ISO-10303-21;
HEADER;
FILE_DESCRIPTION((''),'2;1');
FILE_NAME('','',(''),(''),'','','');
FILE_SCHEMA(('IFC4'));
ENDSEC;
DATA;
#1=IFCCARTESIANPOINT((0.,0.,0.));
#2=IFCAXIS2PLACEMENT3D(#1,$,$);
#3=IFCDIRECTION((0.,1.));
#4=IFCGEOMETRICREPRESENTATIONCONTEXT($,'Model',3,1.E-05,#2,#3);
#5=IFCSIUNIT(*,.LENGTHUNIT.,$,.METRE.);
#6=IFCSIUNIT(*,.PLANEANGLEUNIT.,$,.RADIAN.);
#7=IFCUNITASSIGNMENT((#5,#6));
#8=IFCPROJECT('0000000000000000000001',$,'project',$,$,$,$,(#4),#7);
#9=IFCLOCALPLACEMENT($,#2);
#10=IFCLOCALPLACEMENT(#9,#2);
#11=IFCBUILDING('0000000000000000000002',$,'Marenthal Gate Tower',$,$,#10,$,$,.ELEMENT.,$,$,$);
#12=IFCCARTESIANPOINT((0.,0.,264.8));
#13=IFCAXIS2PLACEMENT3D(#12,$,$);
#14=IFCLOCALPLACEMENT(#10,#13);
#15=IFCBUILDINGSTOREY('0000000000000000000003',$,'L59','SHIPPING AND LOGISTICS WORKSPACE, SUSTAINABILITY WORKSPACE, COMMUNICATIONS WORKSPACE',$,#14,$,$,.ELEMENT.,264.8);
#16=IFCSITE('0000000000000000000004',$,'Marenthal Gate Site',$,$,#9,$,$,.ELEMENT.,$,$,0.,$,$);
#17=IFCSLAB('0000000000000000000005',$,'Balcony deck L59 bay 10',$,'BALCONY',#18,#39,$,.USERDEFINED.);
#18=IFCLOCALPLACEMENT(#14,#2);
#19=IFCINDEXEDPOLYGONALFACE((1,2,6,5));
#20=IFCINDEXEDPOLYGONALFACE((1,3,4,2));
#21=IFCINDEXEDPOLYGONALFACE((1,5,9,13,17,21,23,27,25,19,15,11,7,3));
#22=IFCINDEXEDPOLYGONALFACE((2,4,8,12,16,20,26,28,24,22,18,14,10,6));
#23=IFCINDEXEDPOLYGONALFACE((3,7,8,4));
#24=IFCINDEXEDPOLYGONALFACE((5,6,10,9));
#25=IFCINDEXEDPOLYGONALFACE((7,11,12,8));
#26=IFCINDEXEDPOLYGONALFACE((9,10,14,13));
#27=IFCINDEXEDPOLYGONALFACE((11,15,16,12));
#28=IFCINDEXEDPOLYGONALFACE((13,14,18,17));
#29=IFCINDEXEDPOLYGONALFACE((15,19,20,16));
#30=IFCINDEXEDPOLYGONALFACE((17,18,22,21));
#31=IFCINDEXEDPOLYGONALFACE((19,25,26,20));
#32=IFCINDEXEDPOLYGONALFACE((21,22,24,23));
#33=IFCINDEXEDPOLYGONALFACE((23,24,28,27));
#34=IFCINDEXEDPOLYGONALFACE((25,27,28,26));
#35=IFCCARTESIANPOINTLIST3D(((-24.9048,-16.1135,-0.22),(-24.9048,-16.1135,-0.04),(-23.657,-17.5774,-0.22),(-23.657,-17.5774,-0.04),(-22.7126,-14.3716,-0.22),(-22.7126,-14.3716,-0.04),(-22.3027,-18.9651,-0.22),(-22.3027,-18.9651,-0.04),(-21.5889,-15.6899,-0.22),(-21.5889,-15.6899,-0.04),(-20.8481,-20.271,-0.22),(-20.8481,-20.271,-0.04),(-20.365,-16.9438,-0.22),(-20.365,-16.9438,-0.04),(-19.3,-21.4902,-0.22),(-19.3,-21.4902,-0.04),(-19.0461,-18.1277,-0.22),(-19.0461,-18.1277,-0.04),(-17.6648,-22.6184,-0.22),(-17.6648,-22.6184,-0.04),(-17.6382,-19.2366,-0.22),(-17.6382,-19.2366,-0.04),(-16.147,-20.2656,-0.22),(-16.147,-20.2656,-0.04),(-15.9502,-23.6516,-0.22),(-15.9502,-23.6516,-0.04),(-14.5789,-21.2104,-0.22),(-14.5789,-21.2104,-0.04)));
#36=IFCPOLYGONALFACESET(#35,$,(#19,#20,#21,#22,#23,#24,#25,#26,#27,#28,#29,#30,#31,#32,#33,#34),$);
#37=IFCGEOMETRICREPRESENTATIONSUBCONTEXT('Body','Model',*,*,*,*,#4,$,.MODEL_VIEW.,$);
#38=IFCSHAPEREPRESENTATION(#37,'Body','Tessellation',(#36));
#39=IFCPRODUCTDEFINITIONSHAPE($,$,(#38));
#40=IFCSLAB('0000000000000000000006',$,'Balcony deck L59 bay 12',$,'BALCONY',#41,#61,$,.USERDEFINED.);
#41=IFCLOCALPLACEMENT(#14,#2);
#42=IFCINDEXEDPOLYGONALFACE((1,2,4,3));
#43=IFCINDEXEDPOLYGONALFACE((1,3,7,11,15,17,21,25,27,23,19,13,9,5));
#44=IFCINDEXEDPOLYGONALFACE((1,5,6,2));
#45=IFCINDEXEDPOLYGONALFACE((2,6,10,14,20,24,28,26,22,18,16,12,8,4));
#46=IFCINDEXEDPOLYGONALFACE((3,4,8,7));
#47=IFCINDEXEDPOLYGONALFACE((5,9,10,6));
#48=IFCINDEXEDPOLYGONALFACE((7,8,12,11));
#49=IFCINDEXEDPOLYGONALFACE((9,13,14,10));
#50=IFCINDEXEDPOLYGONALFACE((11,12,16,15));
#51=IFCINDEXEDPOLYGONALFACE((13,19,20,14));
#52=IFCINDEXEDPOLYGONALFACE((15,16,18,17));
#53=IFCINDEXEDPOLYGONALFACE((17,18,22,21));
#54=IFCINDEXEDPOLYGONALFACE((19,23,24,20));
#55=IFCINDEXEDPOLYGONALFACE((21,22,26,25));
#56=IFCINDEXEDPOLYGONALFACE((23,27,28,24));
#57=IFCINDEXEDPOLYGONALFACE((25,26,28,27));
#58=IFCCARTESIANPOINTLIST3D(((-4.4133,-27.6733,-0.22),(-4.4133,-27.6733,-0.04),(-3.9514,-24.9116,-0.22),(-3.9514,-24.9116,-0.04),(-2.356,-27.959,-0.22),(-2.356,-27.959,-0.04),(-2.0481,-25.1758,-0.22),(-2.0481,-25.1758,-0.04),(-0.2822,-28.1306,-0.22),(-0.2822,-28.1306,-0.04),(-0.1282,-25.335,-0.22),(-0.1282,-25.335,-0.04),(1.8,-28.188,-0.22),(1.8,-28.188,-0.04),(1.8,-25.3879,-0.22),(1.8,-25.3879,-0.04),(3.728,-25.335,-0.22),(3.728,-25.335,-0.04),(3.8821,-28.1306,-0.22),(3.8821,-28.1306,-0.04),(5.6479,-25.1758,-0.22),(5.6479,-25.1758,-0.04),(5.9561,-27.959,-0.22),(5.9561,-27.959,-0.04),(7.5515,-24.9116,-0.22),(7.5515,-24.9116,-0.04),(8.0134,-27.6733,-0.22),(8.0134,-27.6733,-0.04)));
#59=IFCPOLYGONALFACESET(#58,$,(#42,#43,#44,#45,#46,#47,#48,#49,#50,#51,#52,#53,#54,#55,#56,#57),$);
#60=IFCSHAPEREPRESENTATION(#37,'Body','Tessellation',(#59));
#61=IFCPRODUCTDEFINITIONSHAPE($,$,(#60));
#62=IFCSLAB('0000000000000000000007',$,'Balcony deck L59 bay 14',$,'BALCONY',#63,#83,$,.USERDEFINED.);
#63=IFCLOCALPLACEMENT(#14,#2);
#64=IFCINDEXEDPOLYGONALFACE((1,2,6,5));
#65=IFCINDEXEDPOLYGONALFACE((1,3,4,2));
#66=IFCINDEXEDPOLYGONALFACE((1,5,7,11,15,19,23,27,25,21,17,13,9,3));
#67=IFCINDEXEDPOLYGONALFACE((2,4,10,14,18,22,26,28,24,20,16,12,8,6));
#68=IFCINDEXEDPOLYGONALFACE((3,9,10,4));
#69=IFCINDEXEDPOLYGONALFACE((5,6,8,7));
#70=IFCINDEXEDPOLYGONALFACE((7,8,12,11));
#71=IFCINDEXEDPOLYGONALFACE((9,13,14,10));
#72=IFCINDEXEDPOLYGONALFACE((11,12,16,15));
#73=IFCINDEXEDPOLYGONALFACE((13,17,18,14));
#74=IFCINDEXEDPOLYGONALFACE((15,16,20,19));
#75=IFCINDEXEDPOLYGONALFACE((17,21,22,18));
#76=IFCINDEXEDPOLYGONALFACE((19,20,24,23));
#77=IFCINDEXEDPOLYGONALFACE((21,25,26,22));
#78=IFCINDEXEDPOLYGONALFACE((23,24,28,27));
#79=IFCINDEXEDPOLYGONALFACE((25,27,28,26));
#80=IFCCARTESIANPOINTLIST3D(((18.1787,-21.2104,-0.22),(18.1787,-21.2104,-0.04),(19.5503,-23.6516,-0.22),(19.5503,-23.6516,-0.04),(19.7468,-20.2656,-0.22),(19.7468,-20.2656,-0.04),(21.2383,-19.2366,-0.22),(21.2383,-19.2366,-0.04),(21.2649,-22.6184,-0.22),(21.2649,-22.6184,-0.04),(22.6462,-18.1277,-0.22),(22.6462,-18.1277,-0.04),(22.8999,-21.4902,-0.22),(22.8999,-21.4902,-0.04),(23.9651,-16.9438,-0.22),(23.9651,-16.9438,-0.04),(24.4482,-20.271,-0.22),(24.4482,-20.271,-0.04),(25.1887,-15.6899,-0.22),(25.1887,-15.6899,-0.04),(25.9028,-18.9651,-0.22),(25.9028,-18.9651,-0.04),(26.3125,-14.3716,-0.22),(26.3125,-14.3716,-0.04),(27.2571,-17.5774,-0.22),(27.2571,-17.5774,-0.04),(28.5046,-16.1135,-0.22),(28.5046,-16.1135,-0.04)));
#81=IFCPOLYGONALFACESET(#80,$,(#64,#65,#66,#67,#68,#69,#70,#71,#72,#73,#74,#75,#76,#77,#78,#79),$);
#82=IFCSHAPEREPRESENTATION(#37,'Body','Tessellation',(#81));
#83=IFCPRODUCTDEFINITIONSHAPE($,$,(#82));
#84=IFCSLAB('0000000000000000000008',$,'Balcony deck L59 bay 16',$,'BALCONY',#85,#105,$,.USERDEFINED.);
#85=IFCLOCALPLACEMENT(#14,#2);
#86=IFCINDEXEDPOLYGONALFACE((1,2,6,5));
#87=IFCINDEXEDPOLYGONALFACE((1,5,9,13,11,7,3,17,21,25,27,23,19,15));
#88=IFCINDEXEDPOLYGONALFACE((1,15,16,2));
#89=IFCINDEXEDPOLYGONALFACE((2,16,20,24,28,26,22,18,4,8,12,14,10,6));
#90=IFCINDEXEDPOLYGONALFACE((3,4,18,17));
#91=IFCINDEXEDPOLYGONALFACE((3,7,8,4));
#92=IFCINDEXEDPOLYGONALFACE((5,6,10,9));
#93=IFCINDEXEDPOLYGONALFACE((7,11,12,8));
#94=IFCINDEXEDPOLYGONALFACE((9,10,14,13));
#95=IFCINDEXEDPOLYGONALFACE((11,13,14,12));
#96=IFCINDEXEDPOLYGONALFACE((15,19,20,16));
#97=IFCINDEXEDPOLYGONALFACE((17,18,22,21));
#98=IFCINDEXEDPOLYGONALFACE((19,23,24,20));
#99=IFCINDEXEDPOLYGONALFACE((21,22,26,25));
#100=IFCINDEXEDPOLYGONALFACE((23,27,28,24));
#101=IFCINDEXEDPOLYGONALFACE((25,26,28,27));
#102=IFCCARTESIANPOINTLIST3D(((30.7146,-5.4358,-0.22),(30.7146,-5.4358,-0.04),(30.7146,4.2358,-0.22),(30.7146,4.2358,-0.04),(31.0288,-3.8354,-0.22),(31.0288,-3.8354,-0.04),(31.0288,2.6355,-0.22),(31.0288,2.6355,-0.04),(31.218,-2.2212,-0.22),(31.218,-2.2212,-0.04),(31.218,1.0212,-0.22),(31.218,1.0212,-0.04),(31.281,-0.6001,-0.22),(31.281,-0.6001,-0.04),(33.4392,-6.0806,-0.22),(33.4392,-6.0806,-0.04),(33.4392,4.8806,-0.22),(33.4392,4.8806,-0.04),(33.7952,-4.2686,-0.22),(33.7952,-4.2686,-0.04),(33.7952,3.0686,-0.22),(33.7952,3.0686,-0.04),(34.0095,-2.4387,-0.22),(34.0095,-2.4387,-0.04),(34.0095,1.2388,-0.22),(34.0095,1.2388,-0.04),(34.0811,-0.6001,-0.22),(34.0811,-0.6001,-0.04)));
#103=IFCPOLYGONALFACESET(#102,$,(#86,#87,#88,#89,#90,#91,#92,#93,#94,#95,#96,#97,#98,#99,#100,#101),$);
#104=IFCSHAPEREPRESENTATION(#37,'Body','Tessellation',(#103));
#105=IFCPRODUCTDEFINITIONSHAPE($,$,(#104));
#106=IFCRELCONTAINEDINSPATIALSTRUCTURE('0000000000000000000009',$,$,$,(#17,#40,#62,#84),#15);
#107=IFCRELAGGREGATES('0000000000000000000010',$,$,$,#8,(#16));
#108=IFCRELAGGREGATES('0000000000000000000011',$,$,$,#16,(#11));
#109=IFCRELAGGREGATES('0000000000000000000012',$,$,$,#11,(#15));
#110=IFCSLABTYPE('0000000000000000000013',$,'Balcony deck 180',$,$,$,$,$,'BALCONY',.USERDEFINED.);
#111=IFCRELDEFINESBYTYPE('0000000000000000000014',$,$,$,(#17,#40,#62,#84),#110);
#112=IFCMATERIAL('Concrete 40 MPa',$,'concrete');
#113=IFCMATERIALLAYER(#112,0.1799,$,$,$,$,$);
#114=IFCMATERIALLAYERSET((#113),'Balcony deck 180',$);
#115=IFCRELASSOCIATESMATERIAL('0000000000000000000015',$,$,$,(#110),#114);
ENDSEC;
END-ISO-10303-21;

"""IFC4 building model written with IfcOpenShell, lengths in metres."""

from ifc_helpers import new_model, si_unit, direction, frame, origin, place, context, subcontext, project, spatial, polyline, outline, extrude, material, layer, layer_set, type_object, element, save


model = new_model("IFC4")

# Units and contexts
model_context = context("Model", 3, precision=1e-05, world=origin(), true_north=direction((0.0, 1.0)))
body_context = subcontext(model_context, "Body", "Model", "MODEL_VIEW")
ifc_project = project(units=[si_unit("LENGTHUNIT", "METRE"), si_unit("PLANEANGLEUNIT", "RADIAN")], contexts=[model_context])

# Site, building, storey
site_placement = place(None, origin())
site = spatial("IfcSite", under=ifc_project, at=site_placement, Name="Marenthal Gate Site", CompositionType="ELEMENT", RefElevation=0.0)
building_placement = place(site_placement, origin())
building = spatial("IfcBuilding", under=site, at=building_placement, Name="Marenthal Gate Tower", CompositionType="ELEMENT")
storey_placement = place(building_placement, frame((0.0, 0.0, 264.8)))
storey = spatial("IfcBuildingStorey", under=building, at=storey_placement, Name="L59", Description="SHIPPING AND LOGISTICS WORKSPACE, SUSTAINABILITY WORKSPACE, COMMUNICATIONS WORKSPACE", CompositionType="ELEMENT", Elevation=264.8)

# Slabs
ifc_material_1 = material(Name="Concrete 40 MPa", Category="concrete")
ifc_layer_1 = layer(ifc_material_1, 0.1799)
ifc_layer_set_1 = layer_set([ifc_layer_1], Name="Balcony deck 180")
slab_type_1 = type_object("IfcSlabType", Name="Balcony deck 180", ElementType="BALCONY", PredefinedType="USERDEFINED", material=ifc_layer_set_1)
slab_1_placement = place(storey_placement, frame((0.0, 0.0, -0.22)))
element("IfcSlab", 1, at=slab_1_placement, inside=storey, type_object=slab_type_1, Name="Balcony deck L59 bay 10", ObjectType="BALCONY", PredefinedType="USERDEFINED", context=body_context, shape_type="SweptSolid", body=[
    extrude(outline(polyline([(-22.7126, -14.3716), (-21.5889, -15.6899), (-20.365, -16.9438), (-19.0461, -18.1277), (-17.6382, -19.2366), (-16.147, -20.2656), (-14.5789, -21.2104), (-15.9502, -23.6516), (-17.6648, -22.6184), (-19.3, -21.4902), (-20.8481, -20.271), (-22.3027, -18.9651), (-23.657, -17.5774), (-24.9048, -16.1135), (-22.7126, -14.3716)])), origin(), (0.0, 0.0, 1.0), 0.1799),
])
slab_2_placement = place(storey_placement, frame((0.0, 0.0, -0.22)))
element("IfcSlab", 2, at=slab_2_placement, inside=storey, type_object=slab_type_1, Name="Balcony deck L59 bay 12", ObjectType="BALCONY", PredefinedType="USERDEFINED", context=body_context, shape_type="SweptSolid", body=[
    extrude(outline(polyline([(-3.9514, -24.9116), (-2.0481, -25.1758), (-0.1282, -25.335), (1.8, -25.3879), (3.728, -25.335), (5.6479, -25.1758), (7.5515, -24.9116), (8.0134, -27.6733), (5.9561, -27.959), (3.8821, -28.1306), (1.8, -28.188), (-0.2822, -28.1306), (-2.356, -27.959), (-4.4133, -27.6733), (-3.9514, -24.9116)])), origin(), (0.0, 0.0, 1.0), 0.1799),
])
slab_3_placement = place(storey_placement, frame((0.0, 0.0, -0.22)))
element("IfcSlab", 3, at=slab_3_placement, inside=storey, type_object=slab_type_1, Name="Balcony deck L59 bay 14", ObjectType="BALCONY", PredefinedType="USERDEFINED", context=body_context, shape_type="SweptSolid", body=[
    extrude(outline(polyline([(18.1787, -21.2104), (19.7468, -20.2656), (21.2383, -19.2366), (22.6462, -18.1277), (23.9651, -16.9438), (25.1887, -15.6899), (26.3125, -14.3716), (28.5046, -16.1135), (27.2571, -17.5774), (25.9028, -18.9651), (24.4482, -20.271), (22.8999, -21.4902), (21.2649, -22.6184), (19.5503, -23.6516), (18.1787, -21.2104)])), origin(), (0.0, 0.0, 1.0), 0.1799),
])
slab_4_placement = place(storey_placement, frame((0.0, 0.0, -0.22)))
element("IfcSlab", 4, at=slab_4_placement, inside=storey, type_object=slab_type_1, Name="Balcony deck L59 bay 16", ObjectType="BALCONY", PredefinedType="USERDEFINED", context=body_context, shape_type="SweptSolid", body=[
    extrude(outline(polyline([(30.7146, -5.4358), (31.0288, -3.8354), (31.218, -2.2212), (31.281, -0.6001), (31.218, 1.0212), (31.0288, 2.6355), (30.7146, 4.2358), (33.4392, 4.8806), (33.7952, 3.0686), (34.0095, 1.2388), (34.0811, -0.6001), (34.0095, -2.4387), (33.7952, -4.2686), (33.4392, -6.0806), (30.7146, -5.4358)])), origin(), (0.0, 0.0, 1.0), 0.1799),
])

save(model, "model.ifc")
